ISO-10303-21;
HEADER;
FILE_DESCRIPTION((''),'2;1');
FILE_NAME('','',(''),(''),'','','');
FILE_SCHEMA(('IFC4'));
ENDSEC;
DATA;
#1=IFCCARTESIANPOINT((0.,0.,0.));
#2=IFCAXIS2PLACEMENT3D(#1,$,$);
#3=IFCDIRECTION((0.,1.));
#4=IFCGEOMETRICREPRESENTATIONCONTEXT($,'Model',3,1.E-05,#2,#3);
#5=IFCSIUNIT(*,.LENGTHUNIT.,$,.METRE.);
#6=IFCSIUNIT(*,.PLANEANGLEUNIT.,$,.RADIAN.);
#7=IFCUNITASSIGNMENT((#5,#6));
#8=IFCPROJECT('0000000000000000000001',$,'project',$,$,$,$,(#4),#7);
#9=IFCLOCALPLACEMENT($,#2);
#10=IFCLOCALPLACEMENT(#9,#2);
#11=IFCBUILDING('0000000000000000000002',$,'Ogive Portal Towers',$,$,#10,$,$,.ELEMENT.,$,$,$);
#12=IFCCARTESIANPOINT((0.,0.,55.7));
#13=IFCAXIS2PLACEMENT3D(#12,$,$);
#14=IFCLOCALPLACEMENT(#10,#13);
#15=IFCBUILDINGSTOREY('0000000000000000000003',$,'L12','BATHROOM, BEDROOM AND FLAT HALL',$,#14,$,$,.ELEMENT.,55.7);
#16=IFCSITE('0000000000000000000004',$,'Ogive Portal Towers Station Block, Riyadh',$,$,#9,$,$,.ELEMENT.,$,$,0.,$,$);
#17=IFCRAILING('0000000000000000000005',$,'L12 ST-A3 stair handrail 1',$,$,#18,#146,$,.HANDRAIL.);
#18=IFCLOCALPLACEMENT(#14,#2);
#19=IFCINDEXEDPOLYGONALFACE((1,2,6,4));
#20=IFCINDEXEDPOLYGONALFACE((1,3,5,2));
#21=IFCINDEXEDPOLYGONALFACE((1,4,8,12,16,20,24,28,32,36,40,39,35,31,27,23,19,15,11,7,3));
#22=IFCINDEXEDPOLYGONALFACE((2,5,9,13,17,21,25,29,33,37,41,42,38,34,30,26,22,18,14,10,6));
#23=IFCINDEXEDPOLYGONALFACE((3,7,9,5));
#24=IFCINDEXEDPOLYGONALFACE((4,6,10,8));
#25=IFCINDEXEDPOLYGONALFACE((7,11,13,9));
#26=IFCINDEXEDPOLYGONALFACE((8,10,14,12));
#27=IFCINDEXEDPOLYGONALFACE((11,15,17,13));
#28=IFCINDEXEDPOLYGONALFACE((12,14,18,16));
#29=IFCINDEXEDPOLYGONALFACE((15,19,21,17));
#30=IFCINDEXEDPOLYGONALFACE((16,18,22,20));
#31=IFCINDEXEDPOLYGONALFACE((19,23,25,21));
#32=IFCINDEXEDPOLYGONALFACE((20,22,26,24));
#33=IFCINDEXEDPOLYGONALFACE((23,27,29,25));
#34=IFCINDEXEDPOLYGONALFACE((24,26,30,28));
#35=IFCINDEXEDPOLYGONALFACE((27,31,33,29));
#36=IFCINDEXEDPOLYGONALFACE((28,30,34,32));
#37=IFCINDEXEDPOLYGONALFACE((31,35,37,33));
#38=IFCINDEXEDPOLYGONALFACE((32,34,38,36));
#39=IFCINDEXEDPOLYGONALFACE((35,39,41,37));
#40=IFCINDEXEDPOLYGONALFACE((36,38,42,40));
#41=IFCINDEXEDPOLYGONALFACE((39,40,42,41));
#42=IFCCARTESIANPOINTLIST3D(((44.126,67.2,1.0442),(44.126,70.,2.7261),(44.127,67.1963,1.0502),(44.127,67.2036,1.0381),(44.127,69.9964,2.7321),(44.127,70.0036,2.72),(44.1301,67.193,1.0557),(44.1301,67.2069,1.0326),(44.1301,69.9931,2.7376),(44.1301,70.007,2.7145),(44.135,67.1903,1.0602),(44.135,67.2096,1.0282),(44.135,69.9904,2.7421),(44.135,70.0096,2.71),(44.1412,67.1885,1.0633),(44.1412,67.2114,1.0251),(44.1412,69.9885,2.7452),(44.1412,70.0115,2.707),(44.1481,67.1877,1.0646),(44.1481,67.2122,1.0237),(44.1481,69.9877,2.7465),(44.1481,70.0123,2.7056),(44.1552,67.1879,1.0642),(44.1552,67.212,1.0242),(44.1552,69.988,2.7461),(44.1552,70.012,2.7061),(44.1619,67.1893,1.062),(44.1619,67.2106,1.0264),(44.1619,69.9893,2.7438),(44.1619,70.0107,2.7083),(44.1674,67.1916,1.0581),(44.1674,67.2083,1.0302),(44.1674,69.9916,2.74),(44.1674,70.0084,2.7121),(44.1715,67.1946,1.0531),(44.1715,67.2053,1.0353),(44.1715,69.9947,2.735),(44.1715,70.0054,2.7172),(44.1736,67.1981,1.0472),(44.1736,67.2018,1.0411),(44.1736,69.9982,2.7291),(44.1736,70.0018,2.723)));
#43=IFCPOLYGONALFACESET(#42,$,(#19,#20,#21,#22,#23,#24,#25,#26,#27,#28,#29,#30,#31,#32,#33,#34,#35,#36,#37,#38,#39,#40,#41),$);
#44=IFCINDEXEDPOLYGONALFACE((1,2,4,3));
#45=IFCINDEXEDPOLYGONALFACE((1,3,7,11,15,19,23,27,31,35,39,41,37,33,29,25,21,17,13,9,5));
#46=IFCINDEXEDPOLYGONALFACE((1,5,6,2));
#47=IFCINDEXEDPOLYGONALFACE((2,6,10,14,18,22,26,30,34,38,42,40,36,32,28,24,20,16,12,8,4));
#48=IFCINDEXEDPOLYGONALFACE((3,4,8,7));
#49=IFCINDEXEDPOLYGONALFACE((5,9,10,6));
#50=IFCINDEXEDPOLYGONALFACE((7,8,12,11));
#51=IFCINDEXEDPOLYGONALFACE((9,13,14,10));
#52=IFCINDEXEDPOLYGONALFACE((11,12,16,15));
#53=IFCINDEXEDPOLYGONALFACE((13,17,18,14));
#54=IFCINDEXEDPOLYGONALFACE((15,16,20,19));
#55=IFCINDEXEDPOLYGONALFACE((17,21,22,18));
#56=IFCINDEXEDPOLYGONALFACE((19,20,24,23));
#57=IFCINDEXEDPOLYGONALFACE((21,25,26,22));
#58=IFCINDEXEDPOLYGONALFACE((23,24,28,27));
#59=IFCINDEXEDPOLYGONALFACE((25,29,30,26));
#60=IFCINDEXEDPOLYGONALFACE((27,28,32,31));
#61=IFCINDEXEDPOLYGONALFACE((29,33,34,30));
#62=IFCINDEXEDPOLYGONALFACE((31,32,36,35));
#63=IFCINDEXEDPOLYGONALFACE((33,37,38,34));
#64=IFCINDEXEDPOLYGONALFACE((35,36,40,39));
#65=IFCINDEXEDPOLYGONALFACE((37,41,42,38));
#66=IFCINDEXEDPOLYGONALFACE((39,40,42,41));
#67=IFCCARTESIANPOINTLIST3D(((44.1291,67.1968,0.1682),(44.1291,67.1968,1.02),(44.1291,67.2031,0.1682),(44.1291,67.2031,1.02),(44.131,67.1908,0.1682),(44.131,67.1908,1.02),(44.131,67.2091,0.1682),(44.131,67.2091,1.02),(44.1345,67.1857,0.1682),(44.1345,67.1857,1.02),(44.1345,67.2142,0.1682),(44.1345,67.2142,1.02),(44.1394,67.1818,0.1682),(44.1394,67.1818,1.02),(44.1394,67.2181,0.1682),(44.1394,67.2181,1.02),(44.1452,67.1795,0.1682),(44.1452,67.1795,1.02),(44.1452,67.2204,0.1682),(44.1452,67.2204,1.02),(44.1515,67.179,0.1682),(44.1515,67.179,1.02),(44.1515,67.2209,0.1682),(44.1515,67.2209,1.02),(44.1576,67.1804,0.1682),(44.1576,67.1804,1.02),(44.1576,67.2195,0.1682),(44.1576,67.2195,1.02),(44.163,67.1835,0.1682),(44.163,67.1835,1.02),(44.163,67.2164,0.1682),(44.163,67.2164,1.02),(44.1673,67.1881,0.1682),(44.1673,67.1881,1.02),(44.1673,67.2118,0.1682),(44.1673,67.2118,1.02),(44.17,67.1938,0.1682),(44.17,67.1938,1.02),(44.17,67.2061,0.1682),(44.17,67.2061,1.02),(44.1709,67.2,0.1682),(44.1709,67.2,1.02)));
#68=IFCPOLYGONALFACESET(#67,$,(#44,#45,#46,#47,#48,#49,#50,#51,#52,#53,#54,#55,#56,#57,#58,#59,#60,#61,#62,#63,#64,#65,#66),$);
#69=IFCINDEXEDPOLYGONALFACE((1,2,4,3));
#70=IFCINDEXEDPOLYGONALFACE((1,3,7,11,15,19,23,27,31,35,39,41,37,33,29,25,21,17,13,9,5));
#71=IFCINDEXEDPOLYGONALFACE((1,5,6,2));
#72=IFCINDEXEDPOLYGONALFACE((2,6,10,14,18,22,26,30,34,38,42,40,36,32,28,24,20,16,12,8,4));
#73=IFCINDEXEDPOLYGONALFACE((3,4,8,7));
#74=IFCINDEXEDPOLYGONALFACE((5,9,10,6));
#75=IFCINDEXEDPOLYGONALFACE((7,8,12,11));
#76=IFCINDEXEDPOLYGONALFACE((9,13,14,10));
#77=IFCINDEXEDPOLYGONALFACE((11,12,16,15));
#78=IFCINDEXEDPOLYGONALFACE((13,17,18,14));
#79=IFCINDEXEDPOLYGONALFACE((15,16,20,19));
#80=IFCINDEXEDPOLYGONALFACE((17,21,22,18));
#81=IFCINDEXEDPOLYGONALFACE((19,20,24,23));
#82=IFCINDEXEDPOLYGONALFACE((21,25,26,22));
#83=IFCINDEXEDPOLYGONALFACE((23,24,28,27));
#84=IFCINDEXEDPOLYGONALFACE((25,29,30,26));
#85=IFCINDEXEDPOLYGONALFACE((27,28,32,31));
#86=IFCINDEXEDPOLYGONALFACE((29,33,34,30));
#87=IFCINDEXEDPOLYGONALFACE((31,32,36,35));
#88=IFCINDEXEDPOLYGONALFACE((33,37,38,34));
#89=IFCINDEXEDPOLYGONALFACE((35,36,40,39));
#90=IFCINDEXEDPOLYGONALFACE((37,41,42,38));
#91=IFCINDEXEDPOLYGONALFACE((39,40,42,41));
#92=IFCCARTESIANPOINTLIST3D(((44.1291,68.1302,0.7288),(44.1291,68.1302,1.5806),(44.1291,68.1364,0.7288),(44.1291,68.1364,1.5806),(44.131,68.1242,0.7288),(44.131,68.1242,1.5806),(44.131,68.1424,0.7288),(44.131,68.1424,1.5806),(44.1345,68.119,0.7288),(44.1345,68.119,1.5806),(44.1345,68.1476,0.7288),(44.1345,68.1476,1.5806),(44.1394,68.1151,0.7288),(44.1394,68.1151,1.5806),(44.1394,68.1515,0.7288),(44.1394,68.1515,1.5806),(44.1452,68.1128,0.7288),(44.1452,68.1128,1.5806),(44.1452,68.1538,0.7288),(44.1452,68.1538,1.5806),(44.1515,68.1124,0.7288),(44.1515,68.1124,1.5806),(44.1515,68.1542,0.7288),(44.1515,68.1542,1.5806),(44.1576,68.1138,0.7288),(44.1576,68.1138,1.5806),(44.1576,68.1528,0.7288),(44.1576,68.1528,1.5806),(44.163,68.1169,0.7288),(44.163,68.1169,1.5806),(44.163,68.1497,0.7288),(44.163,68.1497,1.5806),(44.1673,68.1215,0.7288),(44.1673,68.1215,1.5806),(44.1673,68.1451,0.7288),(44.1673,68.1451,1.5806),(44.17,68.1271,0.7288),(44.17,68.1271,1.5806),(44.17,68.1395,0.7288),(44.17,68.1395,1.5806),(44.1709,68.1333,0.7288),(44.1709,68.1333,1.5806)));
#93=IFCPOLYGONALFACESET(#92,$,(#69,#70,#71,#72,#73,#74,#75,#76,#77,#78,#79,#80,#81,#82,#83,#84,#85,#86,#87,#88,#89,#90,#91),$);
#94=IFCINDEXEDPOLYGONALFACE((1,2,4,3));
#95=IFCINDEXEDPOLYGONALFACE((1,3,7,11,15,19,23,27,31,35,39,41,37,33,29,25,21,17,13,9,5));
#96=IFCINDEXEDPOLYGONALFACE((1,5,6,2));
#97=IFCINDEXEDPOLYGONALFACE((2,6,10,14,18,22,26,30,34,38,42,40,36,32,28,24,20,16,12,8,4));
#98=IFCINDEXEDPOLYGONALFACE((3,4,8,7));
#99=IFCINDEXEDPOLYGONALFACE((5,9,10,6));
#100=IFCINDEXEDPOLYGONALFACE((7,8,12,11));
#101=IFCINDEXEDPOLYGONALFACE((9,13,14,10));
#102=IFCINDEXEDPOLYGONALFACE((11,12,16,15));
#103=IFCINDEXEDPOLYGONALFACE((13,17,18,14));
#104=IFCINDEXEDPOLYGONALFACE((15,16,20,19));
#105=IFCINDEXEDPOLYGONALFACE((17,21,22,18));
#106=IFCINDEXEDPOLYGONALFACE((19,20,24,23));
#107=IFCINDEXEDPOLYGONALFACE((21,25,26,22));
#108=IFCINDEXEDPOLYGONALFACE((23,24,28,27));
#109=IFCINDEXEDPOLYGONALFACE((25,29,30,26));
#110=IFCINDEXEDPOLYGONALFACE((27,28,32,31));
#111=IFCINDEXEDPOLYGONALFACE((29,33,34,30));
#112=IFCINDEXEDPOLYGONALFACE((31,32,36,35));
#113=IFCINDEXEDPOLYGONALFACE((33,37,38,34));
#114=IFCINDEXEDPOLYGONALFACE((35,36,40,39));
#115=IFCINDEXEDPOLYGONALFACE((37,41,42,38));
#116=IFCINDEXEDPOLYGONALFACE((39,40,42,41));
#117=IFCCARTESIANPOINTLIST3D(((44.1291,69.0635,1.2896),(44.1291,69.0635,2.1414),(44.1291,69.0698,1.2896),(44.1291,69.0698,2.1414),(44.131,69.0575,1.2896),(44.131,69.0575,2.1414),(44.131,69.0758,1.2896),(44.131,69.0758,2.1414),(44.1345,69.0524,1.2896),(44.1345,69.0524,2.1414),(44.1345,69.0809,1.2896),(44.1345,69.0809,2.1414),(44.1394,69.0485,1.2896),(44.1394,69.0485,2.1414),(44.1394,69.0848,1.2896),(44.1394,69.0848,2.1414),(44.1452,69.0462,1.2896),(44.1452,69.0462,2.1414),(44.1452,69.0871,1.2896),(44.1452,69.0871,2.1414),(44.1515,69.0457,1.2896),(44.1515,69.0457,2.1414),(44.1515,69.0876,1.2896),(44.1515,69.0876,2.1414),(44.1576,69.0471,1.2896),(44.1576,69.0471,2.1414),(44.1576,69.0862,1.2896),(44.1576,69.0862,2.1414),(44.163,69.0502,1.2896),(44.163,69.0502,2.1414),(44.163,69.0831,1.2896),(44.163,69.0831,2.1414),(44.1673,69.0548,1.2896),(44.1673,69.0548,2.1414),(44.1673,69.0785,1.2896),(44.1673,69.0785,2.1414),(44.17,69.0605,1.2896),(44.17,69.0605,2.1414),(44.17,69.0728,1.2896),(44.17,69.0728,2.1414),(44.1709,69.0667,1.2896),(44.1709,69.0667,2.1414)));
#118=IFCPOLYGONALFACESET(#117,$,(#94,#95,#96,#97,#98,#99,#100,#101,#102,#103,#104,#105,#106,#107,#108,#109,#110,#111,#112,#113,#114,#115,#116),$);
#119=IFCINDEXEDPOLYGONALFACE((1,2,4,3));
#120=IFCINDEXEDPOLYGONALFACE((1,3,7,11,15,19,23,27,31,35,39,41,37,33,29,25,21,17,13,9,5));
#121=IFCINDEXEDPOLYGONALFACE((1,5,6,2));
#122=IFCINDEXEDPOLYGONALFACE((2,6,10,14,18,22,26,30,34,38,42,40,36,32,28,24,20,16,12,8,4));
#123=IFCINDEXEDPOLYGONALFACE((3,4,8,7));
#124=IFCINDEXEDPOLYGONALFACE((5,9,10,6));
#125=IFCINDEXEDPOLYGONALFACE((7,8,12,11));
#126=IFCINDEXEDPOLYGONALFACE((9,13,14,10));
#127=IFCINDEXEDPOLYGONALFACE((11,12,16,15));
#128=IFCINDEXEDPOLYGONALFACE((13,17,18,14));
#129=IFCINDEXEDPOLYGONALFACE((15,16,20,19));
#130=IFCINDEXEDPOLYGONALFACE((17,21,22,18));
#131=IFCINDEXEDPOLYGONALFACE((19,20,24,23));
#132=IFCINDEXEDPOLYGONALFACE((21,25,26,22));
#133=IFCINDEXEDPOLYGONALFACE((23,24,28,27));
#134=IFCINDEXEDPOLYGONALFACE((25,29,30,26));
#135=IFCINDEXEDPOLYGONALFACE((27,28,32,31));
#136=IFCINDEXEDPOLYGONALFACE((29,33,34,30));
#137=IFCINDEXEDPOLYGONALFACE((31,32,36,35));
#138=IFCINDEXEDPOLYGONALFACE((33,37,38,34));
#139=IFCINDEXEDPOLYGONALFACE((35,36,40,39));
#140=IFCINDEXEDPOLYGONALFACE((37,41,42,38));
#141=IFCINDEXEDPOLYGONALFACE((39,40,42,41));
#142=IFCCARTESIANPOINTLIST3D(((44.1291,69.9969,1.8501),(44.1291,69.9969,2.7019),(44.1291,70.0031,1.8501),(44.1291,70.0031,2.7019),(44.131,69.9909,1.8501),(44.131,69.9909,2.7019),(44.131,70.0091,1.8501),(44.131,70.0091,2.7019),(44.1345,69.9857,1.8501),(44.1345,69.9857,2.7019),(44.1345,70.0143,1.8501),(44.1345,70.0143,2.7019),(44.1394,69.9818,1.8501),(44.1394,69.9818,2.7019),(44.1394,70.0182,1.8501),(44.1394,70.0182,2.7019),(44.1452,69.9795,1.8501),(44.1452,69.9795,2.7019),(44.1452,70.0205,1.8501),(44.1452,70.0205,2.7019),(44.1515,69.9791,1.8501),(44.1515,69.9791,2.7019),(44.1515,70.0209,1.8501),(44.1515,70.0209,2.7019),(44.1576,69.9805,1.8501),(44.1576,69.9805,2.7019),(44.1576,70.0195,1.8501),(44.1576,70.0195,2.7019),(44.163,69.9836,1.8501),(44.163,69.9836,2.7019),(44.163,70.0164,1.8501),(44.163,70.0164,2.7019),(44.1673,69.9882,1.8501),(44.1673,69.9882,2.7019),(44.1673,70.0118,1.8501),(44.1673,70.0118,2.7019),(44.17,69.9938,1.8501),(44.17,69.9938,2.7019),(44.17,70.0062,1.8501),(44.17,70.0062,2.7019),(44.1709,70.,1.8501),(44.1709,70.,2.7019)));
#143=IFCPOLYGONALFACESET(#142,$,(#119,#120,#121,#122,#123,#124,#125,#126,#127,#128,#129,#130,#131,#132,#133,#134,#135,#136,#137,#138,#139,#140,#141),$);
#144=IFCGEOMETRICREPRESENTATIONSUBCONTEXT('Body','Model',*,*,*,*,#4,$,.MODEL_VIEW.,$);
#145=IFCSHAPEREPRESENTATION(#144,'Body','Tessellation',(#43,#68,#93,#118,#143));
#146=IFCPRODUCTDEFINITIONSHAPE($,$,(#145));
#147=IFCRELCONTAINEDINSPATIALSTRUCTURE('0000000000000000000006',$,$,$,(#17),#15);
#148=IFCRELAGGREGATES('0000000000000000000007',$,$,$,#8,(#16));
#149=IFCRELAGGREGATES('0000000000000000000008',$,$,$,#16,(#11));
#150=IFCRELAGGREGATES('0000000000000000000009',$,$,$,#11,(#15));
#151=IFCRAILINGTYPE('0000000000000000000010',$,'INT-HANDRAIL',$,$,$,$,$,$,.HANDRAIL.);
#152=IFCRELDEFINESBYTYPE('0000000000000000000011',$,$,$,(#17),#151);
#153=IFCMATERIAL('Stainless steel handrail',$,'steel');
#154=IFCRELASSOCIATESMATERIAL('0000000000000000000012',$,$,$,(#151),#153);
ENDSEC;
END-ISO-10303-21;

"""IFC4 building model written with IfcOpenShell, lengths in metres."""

from ifc_helpers import new_model, si_unit, direction, frame, origin, origin_2d, place, context, subcontext, project, spatial, circle, extrude, material, type_object, element, save


model = new_model("IFC4")

# Units and contexts
model_context = context("Model", 3, precision=1e-05, world=origin(), true_north=direction((0.0, 1.0)))
body_context = subcontext(model_context, "Body", "Model", "MODEL_VIEW")
ifc_project = project(units=[si_unit("LENGTHUNIT", "METRE"), si_unit("PLANEANGLEUNIT", "RADIAN")], contexts=[model_context])

# Site, building, storey
site_placement = place(None, origin())
site = spatial("IfcSite", under=ifc_project, at=site_placement, Name="Ogive Portal Towers Station Block, Riyadh", CompositionType="ELEMENT", RefElevation=0.0)
building_placement = place(site_placement, origin())
building = spatial("IfcBuilding", under=site, at=building_placement, Name="Ogive Portal Towers", CompositionType="ELEMENT")
storey_placement = place(building_placement, frame((0.0, 0.0, 55.7)))
storey = spatial("IfcBuildingStorey", under=building, at=storey_placement, Name="L12", Description="BATHROOM, BEDROOM AND FLAT HALL", CompositionType="ELEMENT", Elevation=55.7)

# Railing
ifc_material_1 = material(Name="Stainless steel handrail", Category="steel")
railing_type_1 = type_object("IfcRailingType", Name="INT-HANDRAIL", PredefinedType="HANDRAIL", material=ifc_material_1)
railing_1_placement = place(storey_placement, frame((44.1499, 67.2, 0.1682)))
element("IfcRailing", 1, at=railing_1_placement, inside=storey, type_object=railing_type_1, Name="L12 ST-A3 stair handrail 1", PredefinedType="HANDRAIL", context=body_context, shape_type="SweptSolid", body=[
    extrude(circle(Radius=0.0239, at=origin_2d()), frame((0.0, 0.0, 0.876), z_axis=(0.0, 0.857242, 0.514913), x_axis=(-1.0, 0.0, 0.0)), (0.0, 0.0, 1.0), 3.2664),
    extrude(circle(Radius=0.021, at=origin_2d()), origin(), (0.0, 0.0, 1.0), 0.8518),
    extrude(circle(Radius=0.021, at=origin_2d()), frame((0.0, 0.9333, 0.5605)), (0.0, 0.0, 1.0), 0.8518),
    extrude(circle(Radius=0.021, at=origin_2d()), frame((0.0, 1.8667, 1.1213)), (0.0, 0.0, 1.0), 0.8518),
    extrude(circle(Radius=0.021, at=origin_2d()), frame((0.0, 2.8, 1.6819)), (0.0, 0.0, 1.0), 0.8518),
])

save(model, "model.ifc")
